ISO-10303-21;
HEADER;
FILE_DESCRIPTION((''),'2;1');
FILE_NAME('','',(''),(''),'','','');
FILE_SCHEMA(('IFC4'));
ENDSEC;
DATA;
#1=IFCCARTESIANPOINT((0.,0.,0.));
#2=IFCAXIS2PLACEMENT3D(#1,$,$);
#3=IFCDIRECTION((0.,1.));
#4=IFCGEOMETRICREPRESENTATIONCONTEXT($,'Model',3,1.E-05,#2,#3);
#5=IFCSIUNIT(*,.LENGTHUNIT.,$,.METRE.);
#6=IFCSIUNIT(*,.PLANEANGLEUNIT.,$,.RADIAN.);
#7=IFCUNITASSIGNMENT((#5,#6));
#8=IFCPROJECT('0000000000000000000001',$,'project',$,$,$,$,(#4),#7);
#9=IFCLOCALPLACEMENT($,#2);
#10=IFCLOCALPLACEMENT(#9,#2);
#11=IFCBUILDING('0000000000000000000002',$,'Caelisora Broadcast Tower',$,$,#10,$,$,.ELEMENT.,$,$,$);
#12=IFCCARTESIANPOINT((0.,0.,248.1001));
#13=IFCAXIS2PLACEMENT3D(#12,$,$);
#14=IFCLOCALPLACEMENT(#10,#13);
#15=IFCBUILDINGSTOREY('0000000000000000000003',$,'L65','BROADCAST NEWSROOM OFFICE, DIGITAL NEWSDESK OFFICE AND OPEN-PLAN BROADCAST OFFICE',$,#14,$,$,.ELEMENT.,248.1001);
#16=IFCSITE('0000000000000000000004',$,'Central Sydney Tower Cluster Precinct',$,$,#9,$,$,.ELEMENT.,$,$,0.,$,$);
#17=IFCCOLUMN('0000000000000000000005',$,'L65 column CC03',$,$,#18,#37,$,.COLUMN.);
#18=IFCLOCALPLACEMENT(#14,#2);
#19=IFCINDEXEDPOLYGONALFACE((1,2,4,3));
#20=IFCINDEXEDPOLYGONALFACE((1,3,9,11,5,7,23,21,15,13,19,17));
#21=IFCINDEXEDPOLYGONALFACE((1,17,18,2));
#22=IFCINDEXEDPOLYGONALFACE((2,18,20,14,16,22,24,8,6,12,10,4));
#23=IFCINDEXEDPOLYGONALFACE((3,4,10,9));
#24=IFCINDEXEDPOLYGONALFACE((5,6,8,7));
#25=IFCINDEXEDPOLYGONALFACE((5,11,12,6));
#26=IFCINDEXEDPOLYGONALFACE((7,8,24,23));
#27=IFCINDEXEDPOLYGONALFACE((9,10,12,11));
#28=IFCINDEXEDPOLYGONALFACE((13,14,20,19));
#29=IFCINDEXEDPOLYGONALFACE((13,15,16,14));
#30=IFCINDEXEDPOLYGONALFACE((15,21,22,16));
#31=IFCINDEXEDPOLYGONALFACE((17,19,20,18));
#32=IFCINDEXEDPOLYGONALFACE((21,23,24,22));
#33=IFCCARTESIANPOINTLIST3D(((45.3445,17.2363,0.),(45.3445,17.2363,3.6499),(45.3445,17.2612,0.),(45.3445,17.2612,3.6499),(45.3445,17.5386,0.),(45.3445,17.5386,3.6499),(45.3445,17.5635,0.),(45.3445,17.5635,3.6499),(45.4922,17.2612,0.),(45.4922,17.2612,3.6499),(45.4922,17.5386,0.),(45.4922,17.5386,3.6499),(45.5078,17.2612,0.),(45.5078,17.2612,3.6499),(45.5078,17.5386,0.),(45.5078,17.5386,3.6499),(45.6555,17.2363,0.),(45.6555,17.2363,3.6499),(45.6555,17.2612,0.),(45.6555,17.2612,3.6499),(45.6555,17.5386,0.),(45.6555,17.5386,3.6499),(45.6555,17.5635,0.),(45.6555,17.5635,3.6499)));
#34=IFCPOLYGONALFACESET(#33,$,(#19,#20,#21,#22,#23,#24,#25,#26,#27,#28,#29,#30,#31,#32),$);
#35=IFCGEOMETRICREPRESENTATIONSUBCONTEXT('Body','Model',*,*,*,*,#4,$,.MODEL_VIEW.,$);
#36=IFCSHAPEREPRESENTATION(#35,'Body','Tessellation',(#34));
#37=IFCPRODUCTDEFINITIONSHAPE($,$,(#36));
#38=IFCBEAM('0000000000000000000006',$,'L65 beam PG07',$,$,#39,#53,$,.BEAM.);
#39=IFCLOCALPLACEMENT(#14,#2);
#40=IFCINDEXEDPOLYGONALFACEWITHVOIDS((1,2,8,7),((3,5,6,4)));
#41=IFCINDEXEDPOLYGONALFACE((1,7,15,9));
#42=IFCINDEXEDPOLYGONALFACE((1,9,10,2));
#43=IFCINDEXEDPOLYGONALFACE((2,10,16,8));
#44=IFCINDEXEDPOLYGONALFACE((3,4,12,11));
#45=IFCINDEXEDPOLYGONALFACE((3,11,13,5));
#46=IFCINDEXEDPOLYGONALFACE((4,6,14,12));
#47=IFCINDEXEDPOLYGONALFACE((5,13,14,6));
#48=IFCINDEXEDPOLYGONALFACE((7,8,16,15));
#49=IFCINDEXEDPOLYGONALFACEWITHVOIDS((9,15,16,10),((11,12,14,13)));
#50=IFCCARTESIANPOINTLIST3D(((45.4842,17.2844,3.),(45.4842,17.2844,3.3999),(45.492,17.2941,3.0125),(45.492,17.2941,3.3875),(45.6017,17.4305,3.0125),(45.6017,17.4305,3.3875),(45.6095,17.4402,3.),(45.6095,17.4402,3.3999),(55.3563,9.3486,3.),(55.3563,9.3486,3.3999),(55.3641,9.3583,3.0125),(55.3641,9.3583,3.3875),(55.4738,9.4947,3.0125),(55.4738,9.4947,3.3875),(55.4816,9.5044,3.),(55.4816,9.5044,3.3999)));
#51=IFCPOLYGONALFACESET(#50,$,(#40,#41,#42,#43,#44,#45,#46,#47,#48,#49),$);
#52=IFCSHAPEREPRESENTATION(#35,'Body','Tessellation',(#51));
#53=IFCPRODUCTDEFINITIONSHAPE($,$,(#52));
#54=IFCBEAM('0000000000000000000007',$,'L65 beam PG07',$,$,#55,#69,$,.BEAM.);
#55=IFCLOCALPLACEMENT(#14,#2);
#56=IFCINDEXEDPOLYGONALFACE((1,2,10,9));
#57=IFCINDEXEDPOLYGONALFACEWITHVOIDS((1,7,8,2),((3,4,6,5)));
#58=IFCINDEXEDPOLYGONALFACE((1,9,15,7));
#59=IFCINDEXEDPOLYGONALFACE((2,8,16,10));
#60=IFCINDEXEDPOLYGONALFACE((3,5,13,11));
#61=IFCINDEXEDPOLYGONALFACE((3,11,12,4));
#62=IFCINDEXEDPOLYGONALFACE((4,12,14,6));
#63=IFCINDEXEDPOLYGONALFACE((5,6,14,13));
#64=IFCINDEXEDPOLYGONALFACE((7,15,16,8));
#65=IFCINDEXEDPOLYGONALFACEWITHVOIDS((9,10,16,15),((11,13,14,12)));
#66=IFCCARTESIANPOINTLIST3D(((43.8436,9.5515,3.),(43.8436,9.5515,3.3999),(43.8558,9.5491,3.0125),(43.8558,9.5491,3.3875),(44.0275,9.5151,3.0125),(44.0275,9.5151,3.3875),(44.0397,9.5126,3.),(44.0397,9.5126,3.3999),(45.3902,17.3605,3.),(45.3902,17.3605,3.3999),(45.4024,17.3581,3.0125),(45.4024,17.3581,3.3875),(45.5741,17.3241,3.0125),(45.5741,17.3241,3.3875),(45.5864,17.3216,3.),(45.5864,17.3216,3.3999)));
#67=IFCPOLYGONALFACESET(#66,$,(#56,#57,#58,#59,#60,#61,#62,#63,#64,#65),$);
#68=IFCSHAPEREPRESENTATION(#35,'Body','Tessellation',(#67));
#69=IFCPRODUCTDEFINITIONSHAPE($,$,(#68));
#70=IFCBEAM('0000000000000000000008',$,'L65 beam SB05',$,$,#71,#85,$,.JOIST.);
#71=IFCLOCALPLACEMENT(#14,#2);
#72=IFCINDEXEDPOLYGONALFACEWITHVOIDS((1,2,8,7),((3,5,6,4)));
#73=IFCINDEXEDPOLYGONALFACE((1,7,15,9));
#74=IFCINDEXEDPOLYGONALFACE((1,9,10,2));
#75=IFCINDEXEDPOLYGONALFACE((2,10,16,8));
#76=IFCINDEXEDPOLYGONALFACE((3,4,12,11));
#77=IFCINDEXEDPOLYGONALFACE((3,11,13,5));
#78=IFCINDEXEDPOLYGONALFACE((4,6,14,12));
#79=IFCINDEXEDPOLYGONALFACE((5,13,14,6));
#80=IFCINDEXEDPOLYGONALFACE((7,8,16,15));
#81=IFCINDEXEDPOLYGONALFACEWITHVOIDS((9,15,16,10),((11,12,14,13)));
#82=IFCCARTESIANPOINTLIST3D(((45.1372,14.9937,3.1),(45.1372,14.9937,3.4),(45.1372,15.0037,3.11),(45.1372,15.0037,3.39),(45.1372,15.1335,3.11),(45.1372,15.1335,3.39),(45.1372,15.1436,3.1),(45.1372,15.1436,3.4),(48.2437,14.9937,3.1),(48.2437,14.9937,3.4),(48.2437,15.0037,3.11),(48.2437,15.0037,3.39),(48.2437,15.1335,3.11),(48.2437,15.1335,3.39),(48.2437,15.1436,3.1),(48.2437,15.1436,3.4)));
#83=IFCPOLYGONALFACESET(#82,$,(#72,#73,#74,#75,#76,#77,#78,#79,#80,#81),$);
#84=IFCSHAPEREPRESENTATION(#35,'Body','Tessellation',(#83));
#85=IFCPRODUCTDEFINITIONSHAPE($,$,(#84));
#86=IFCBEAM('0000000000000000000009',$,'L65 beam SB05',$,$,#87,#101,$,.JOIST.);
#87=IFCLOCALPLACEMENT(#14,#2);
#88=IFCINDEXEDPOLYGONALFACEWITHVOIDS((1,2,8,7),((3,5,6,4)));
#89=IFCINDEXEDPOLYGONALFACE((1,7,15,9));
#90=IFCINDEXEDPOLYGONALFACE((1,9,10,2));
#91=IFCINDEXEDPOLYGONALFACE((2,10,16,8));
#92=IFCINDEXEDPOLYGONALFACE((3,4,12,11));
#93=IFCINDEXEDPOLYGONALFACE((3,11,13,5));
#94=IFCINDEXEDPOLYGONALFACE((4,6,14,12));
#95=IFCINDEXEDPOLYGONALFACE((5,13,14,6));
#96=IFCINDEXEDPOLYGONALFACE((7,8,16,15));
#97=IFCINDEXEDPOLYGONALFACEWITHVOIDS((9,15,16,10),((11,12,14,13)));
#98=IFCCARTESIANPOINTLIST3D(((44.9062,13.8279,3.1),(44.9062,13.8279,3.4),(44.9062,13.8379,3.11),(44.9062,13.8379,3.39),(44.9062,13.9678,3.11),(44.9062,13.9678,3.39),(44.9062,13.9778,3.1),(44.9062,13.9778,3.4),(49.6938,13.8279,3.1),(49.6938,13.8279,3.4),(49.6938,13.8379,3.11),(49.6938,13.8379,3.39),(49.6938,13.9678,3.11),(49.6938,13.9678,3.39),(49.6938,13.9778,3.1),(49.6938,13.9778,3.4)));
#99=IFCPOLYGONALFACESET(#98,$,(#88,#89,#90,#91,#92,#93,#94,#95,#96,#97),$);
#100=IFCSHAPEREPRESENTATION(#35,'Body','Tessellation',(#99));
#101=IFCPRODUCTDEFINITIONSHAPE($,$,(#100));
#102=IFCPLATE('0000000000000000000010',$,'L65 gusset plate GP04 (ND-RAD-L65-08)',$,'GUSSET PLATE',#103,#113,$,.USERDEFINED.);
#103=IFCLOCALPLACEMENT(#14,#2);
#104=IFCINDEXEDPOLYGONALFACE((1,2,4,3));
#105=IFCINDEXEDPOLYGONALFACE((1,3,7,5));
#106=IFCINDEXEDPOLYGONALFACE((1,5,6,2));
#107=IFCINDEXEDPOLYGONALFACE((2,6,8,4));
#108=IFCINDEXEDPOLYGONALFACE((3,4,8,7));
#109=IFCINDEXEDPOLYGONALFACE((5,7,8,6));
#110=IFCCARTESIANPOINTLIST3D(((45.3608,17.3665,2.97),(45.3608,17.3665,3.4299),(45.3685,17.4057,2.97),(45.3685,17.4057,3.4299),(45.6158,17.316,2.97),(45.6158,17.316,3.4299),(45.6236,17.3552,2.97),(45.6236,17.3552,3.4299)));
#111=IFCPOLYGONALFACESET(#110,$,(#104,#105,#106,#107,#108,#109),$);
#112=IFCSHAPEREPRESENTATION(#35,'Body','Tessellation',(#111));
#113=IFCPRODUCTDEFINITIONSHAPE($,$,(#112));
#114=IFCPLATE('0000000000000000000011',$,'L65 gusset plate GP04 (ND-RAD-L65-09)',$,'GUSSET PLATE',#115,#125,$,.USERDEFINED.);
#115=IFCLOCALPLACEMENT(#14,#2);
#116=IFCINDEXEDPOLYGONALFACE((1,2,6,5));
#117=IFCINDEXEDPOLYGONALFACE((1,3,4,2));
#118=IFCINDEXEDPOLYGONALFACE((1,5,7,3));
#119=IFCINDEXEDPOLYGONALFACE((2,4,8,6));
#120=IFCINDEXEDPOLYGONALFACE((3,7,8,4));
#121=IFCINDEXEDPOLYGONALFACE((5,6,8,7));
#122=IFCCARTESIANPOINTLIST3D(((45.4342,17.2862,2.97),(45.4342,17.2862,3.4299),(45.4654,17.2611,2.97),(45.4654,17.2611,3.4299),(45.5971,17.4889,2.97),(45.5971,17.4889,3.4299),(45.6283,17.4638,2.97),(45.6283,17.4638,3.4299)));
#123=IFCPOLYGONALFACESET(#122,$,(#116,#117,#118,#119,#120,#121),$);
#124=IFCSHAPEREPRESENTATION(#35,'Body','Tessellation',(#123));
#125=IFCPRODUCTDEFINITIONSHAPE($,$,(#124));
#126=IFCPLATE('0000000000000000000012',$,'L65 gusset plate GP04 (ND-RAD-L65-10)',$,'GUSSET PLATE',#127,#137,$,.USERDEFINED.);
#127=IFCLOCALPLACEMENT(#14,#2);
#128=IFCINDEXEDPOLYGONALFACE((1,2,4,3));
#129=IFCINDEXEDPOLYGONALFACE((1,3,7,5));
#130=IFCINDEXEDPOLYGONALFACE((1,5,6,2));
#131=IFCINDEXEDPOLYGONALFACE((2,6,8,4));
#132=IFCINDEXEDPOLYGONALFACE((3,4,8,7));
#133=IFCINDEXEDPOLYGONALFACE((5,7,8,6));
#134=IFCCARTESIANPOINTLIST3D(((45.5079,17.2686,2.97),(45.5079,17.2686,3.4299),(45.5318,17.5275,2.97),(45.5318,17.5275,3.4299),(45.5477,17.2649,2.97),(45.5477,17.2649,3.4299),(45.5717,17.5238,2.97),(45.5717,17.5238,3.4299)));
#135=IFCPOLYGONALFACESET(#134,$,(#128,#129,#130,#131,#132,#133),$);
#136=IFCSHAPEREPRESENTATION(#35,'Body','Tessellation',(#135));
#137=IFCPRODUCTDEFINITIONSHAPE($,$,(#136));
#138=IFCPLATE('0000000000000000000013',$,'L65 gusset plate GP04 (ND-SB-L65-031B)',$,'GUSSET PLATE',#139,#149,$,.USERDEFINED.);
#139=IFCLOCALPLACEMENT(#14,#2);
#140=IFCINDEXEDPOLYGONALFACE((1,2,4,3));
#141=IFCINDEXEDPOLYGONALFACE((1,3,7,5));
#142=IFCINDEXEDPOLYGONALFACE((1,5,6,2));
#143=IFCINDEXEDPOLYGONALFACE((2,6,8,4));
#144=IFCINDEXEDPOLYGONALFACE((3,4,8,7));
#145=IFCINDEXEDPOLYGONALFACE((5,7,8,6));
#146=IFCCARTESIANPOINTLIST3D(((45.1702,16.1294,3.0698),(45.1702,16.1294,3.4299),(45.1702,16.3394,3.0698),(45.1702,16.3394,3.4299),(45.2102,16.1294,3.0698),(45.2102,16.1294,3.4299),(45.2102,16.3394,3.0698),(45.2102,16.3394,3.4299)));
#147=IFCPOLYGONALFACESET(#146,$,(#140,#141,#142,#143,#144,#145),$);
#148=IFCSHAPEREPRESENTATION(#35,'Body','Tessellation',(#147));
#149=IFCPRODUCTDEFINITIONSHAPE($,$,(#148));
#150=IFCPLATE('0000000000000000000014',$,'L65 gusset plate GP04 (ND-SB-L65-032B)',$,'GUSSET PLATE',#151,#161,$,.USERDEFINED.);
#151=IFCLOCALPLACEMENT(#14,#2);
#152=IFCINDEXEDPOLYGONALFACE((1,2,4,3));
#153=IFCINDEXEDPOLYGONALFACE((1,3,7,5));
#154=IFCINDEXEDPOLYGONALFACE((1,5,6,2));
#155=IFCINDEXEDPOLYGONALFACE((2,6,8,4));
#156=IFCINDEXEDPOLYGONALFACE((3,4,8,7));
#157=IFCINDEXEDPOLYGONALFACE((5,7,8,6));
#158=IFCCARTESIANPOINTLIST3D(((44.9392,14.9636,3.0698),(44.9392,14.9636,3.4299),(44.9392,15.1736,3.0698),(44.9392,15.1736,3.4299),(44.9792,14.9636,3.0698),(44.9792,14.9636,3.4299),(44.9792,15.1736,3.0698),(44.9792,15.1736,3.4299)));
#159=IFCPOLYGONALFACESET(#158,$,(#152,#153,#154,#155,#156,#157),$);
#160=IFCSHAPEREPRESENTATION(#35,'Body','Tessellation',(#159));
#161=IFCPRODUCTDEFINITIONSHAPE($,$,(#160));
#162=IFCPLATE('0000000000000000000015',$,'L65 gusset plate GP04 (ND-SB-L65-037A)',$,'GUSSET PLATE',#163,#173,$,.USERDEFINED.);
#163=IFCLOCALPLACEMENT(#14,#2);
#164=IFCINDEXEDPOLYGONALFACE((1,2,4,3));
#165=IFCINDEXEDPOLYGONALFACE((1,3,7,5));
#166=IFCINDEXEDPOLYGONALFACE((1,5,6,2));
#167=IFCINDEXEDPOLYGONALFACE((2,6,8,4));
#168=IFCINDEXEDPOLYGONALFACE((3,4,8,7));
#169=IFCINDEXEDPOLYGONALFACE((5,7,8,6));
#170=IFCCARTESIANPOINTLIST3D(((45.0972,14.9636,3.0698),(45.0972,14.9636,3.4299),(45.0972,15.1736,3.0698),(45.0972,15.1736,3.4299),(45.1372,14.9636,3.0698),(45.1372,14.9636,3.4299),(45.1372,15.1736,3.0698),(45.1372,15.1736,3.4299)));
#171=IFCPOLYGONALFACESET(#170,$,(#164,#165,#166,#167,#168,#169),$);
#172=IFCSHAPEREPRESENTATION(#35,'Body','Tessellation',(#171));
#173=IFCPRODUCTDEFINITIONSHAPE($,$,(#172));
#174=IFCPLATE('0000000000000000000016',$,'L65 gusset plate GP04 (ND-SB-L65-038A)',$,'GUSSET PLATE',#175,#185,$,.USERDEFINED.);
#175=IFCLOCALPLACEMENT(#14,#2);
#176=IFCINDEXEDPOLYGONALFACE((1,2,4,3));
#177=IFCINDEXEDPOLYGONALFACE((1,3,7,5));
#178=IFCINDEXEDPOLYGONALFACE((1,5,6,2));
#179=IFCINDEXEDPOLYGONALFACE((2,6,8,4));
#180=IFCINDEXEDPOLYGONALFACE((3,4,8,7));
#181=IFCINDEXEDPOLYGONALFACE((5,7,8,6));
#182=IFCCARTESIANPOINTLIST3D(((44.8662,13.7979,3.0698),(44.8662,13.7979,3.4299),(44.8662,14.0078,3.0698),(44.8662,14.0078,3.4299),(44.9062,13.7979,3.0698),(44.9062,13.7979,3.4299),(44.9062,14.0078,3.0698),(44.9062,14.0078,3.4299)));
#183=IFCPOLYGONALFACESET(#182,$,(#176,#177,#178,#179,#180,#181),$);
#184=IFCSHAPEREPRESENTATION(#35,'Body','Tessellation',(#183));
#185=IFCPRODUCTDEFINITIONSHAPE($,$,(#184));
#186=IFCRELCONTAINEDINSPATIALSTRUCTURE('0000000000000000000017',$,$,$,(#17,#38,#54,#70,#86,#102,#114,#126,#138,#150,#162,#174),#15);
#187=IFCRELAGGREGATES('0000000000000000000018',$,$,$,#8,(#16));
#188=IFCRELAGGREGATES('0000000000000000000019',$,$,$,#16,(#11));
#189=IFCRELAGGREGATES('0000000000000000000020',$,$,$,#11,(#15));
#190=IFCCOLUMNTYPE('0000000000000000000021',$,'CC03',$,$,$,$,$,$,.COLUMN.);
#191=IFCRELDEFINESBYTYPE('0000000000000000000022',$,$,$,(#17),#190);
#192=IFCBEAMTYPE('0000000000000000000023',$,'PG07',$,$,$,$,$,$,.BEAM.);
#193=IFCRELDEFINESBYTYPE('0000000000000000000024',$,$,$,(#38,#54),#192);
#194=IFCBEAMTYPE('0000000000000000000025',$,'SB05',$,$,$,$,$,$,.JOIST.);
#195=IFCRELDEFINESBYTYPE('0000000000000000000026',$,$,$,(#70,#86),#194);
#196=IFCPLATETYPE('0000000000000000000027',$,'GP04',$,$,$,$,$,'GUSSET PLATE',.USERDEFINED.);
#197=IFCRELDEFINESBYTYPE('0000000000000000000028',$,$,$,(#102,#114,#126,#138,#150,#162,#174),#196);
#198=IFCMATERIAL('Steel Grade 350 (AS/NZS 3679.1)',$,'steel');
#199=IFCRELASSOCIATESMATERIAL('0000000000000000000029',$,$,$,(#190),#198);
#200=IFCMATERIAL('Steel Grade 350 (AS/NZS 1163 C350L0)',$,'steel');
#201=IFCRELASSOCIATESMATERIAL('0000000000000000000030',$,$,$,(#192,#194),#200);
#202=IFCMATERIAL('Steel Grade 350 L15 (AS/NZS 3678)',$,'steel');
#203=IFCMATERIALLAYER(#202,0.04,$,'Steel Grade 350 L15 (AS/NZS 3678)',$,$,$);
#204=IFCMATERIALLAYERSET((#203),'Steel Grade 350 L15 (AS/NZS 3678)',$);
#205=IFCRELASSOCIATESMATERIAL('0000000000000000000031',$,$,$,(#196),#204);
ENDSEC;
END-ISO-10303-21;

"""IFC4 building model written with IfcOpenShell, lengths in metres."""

from ifc_helpers import new_model, si_unit, direction, frame, origin, origin_2d, place, context, subcontext, project, spatial, rectangle, hollow_rectangle, i_section, extrude, source, transform, mapped, material, layer, layer_set, material_profile, profile_set, type_object, type_shapes, element, save


model = new_model("IFC4")

# Units and contexts
model_context = context("Model", 3, precision=1e-05, world=origin(), true_north=direction((0.0, 1.0)))
body_context = subcontext(model_context, "Body", "Model", "MODEL_VIEW")
ifc_project = project(units=[si_unit("LENGTHUNIT", "METRE"), si_unit("PLANEANGLEUNIT", "RADIAN")], contexts=[model_context])

# Site, building, storey
site_placement = place(None, origin())
site = spatial("IfcSite", under=ifc_project, at=site_placement, Name="Central Sydney Tower Cluster Precinct", CompositionType="ELEMENT", RefElevation=0.0)
building_placement = place(site_placement, origin())
building = spatial("IfcBuilding", under=site, at=building_placement, Name="Caelisora Broadcast Tower", CompositionType="ELEMENT")
storey_placement = place(building_placement, frame((0.0, 0.0, 248.1001)))
storey = spatial("IfcBuildingStorey", under=building, at=storey_placement, Name="L65", Description="BROADCAST NEWSROOM OFFICE, DIGITAL NEWSDESK OFFICE AND OPEN-PLAN BROADCAST OFFICE", CompositionType="ELEMENT", Elevation=248.1001)

# Column
ifc_material_1 = material(Name="Steel Grade 350 (AS/NZS 3679.1)", Category="steel")
ifc_material_profile_1 = material_profile(ifc_material_1, i_section(OverallWidth=0.311, OverallDepth=0.3271, WebThickness=0.0156, FlangeThickness=0.0249, at=origin_2d()), Name="Steel Grade 350 (AS/NZS 3679.1)")
ifc_profile_set_1 = profile_set([ifc_material_profile_1], Name="Steel Grade 350 (AS/NZS 3679.1)")
column_type = type_object("IfcColumnType", Name="CC03", PredefinedType="COLUMN", material=ifc_profile_set_1)
shared_shape_1 = source(origin(), body_context, "Body", "SweptSolid", [
    extrude(i_section(OverallWidth=0.311, OverallDepth=0.3271, WebThickness=0.0156, FlangeThickness=0.0249, at=origin_2d()), origin(), (0.0, 0.0, 1.0), 3.6499),
])
type_shapes(column_type, [shared_shape_1])
column_placement = place(storey_placement, frame((45.5, 17.3999, 0.0), z_axis=(0.0, 0.0, 1.0), x_axis=(1.0, 0.0, 0.0)))
element("IfcColumn", 1, at=column_placement, inside=storey, type_object=column_type, Name="L65 column CC03", PredefinedType="COLUMN", context=body_context, shape_type="MappedRepresentation", body=[
    mapped(shared_shape_1, transform((0.0, 0.0, 0.0), scale=1.0)),
])

# Beams
ifc_material_2 = material(Name="Steel Grade 350 (AS/NZS 1163 C350L0)", Category="steel")
ifc_material_profile_2 = material_profile(ifc_material_2, hollow_rectangle(XDim=0.2, YDim=0.3999, WallThickness=0.0125, at=origin_2d()), Name="Steel Grade 350 (AS/NZS 1163 C350L0)")
ifc_profile_set_2 = profile_set([ifc_material_profile_2], Name="Steel Grade 350 (AS/NZS 1163 C350L0)")
beam_type_1 = type_object("IfcBeamType", Name="PG07", PredefinedType="BEAM", material=ifc_profile_set_2)
shared_shape_2 = source(origin(), body_context, "Body", "SweptSolid", [
    extrude(hollow_rectangle(XDim=0.2, YDim=0.3999, WallThickness=0.0125, at=origin_2d()), origin(), (0.0, 0.0, 1.0), 12.6663),
])
beam_1_placement = place(storey_placement, frame((45.5469, 17.3623, 3.2), z_axis=(0.779398, -0.626529, 0.0), x_axis=(0.626529, 0.779398, 0.0)))
element("IfcBeam", 2, at=beam_1_placement, inside=storey, type_object=beam_type_1, Name="L65 beam PG07", PredefinedType="BEAM", context=body_context, shape_type="MappedRepresentation", body=[
    mapped(shared_shape_2, transform((0.0, 0.0, 0.0), scale=1.0)),
])
shared_shape_3 = source(origin(), body_context, "Body", "SweptSolid", [
    extrude(hollow_rectangle(XDim=0.2, YDim=0.3999, WallThickness=0.0125, at=origin_2d()), origin(), (0.0, 0.0, 1.0), 7.9607),
])
type_shapes(beam_type_1, [shared_shape_2, shared_shape_3])
beam_2_placement = place(storey_placement, frame((45.4883, 17.3411, 3.2), z_axis=(-0.194282, -0.980946, 0.0), x_axis=(0.980946, -0.194282, 0.0)))
element("IfcBeam", 3, at=beam_2_placement, inside=storey, type_object=beam_type_1, Name="L65 beam PG07", PredefinedType="BEAM", context=body_context, shape_type="MappedRepresentation", body=[
    mapped(shared_shape_3, transform((0.0, 0.0, 0.0), scale=1.0)),
])
ifc_material_profile_3 = material_profile(ifc_material_2, hollow_rectangle(XDim=0.1499, YDim=0.3, WallThickness=0.01, at=origin_2d()), Name="Steel Grade 350 (AS/NZS 1163 C350L0)")
ifc_profile_set_3 = profile_set([ifc_material_profile_3], Name="Steel Grade 350 (AS/NZS 1163 C350L0)")
beam_type_2 = type_object("IfcBeamType", Name="SB05", PredefinedType="JOIST", material=ifc_profile_set_3)
shared_shape_4 = source(origin(), body_context, "Body", "SweptSolid", [
    extrude(hollow_rectangle(XDim=0.1499, YDim=0.3, WallThickness=0.01, at=origin_2d()), origin(), (0.0, 0.0, 1.0), 3.1064),
])
beam_3_placement = place(storey_placement, frame((45.1372, 15.0686, 3.25), z_axis=(1.0, 0.0, 0.0), x_axis=(0.0, 1.0, 0.0)))
element("IfcBeam", 4, at=beam_3_placement, inside=storey, type_object=beam_type_2, Name="L65 beam SB05", PredefinedType="JOIST", context=body_context, shape_type="MappedRepresentation", body=[
    mapped(shared_shape_4, transform((0.0, 0.0, 0.0), scale=1.0)),
])
shared_shape_5 = source(origin(), body_context, "Body", "SweptSolid", [
    extrude(hollow_rectangle(XDim=0.1499, YDim=0.3, WallThickness=0.01, at=origin_2d()), origin(), (0.0, 0.0, 1.0), 4.7876),
])
type_shapes(beam_type_2, [shared_shape_4, shared_shape_5])
beam_4_placement = place(storey_placement, frame((44.9062, 13.9028, 3.25), z_axis=(1.0, 0.0, 0.0), x_axis=(0.0, 1.0, 0.0)))
element("IfcBeam", 5, at=beam_4_placement, inside=storey, type_object=beam_type_2, Name="L65 beam SB05", PredefinedType="JOIST", context=body_context, shape_type="MappedRepresentation", body=[
    mapped(shared_shape_5, transform((0.0, 0.0, 0.0), scale=1.0)),
])

# Plates
ifc_material_3 = material(Name="Steel Grade 350 L15 (AS/NZS 3678)", Category="steel")
ifc_layer_1 = layer(ifc_material_3, 0.04, Name="Steel Grade 350 L15 (AS/NZS 3678)")
ifc_layer_set_1 = layer_set([ifc_layer_1], Name="Steel Grade 350 L15 (AS/NZS 3678)")
plate_type = type_object("IfcPlateType", Name="GP04", ElementType="GUSSET PLATE", PredefinedType="USERDEFINED", material=ifc_layer_set_1)
shared_shape_6 = source(origin(), body_context, "Body", "SweptSolid", [
    extrude(rectangle(XDim=0.26, YDim=0.04, at=origin_2d()), origin(), (0.0, 0.0, 1.0), 0.46),
])
for number, where, z_axis, x_axis, name in (
    (6, (45.4922, 17.3608, 2.97), (0.0, 0.0, 1.0), (0.980955, -0.194234, 0.0), "L65 gusset plate GP04 (ND-RAD-L65-08)"),
    (7, (45.5312, 17.375, 2.97), (0.0, 0.0, 1.0), (0.626468, 0.779447, 0.0), "L65 gusset plate GP04 (ND-RAD-L65-09)"),
    (8, (45.5398, 17.3962, 2.97), (0.0, 0.0, 1.0), (0.092197, 0.995741, 0.0), "L65 gusset plate GP04 (ND-RAD-L65-10)"),
):
    element("IfcPlate", number, at=place(storey_placement, frame(where, z_axis=z_axis, x_axis=x_axis)), inside=storey, type_object=plate_type, Name=name, ObjectType="GUSSET PLATE", PredefinedType="USERDEFINED", context=body_context, shape_type="MappedRepresentation", body=[
        mapped(shared_shape_6, transform((0.0, 0.0, 0.0), scale=1.0)),
    ])
shared_shape_7 = source(origin(), body_context, "Body", "SweptSolid", [
    extrude(rectangle(XDim=0.21, YDim=0.04, at=origin_2d()), origin(), (0.0, 0.0, 1.0), 0.3601),
])
type_shapes(plate_type, [shared_shape_6, shared_shape_7])
for number, where, z_axis, x_axis, name in (
    (9, (45.1902, 16.2344, 3.0698), (0.0, 0.0, 1.0), (0.0, 1.0, 0.0), "L65 gusset plate GP04 (ND-SB-L65-031B)"),
    (10, (44.9592, 15.0686, 3.0698), (0.0, 0.0, 1.0), (0.0, 1.0, 0.0), "L65 gusset plate GP04 (ND-SB-L65-032B)"),
    (11, (45.1172, 15.0686, 3.0698), (0.0, 0.0, 1.0), (0.0, 1.0, 0.0), "L65 gusset plate GP04 (ND-SB-L65-037A)"),
    (12, (44.8862, 13.9028, 3.0698), (0.0, 0.0, 1.0), (0.0, 1.0, 0.0), "L65 gusset plate GP04 (ND-SB-L65-038A)"),
):
    element("IfcPlate", number, at=place(storey_placement, frame(where, z_axis=z_axis, x_axis=x_axis)), inside=storey, type_object=plate_type, Name=name, ObjectType="GUSSET PLATE", PredefinedType="USERDEFINED", context=body_context, shape_type="MappedRepresentation", body=[
        mapped(shared_shape_7, transform((0.0, 0.0, 0.0), scale=1.0)),
    ])

save(model, "model.ifc")
